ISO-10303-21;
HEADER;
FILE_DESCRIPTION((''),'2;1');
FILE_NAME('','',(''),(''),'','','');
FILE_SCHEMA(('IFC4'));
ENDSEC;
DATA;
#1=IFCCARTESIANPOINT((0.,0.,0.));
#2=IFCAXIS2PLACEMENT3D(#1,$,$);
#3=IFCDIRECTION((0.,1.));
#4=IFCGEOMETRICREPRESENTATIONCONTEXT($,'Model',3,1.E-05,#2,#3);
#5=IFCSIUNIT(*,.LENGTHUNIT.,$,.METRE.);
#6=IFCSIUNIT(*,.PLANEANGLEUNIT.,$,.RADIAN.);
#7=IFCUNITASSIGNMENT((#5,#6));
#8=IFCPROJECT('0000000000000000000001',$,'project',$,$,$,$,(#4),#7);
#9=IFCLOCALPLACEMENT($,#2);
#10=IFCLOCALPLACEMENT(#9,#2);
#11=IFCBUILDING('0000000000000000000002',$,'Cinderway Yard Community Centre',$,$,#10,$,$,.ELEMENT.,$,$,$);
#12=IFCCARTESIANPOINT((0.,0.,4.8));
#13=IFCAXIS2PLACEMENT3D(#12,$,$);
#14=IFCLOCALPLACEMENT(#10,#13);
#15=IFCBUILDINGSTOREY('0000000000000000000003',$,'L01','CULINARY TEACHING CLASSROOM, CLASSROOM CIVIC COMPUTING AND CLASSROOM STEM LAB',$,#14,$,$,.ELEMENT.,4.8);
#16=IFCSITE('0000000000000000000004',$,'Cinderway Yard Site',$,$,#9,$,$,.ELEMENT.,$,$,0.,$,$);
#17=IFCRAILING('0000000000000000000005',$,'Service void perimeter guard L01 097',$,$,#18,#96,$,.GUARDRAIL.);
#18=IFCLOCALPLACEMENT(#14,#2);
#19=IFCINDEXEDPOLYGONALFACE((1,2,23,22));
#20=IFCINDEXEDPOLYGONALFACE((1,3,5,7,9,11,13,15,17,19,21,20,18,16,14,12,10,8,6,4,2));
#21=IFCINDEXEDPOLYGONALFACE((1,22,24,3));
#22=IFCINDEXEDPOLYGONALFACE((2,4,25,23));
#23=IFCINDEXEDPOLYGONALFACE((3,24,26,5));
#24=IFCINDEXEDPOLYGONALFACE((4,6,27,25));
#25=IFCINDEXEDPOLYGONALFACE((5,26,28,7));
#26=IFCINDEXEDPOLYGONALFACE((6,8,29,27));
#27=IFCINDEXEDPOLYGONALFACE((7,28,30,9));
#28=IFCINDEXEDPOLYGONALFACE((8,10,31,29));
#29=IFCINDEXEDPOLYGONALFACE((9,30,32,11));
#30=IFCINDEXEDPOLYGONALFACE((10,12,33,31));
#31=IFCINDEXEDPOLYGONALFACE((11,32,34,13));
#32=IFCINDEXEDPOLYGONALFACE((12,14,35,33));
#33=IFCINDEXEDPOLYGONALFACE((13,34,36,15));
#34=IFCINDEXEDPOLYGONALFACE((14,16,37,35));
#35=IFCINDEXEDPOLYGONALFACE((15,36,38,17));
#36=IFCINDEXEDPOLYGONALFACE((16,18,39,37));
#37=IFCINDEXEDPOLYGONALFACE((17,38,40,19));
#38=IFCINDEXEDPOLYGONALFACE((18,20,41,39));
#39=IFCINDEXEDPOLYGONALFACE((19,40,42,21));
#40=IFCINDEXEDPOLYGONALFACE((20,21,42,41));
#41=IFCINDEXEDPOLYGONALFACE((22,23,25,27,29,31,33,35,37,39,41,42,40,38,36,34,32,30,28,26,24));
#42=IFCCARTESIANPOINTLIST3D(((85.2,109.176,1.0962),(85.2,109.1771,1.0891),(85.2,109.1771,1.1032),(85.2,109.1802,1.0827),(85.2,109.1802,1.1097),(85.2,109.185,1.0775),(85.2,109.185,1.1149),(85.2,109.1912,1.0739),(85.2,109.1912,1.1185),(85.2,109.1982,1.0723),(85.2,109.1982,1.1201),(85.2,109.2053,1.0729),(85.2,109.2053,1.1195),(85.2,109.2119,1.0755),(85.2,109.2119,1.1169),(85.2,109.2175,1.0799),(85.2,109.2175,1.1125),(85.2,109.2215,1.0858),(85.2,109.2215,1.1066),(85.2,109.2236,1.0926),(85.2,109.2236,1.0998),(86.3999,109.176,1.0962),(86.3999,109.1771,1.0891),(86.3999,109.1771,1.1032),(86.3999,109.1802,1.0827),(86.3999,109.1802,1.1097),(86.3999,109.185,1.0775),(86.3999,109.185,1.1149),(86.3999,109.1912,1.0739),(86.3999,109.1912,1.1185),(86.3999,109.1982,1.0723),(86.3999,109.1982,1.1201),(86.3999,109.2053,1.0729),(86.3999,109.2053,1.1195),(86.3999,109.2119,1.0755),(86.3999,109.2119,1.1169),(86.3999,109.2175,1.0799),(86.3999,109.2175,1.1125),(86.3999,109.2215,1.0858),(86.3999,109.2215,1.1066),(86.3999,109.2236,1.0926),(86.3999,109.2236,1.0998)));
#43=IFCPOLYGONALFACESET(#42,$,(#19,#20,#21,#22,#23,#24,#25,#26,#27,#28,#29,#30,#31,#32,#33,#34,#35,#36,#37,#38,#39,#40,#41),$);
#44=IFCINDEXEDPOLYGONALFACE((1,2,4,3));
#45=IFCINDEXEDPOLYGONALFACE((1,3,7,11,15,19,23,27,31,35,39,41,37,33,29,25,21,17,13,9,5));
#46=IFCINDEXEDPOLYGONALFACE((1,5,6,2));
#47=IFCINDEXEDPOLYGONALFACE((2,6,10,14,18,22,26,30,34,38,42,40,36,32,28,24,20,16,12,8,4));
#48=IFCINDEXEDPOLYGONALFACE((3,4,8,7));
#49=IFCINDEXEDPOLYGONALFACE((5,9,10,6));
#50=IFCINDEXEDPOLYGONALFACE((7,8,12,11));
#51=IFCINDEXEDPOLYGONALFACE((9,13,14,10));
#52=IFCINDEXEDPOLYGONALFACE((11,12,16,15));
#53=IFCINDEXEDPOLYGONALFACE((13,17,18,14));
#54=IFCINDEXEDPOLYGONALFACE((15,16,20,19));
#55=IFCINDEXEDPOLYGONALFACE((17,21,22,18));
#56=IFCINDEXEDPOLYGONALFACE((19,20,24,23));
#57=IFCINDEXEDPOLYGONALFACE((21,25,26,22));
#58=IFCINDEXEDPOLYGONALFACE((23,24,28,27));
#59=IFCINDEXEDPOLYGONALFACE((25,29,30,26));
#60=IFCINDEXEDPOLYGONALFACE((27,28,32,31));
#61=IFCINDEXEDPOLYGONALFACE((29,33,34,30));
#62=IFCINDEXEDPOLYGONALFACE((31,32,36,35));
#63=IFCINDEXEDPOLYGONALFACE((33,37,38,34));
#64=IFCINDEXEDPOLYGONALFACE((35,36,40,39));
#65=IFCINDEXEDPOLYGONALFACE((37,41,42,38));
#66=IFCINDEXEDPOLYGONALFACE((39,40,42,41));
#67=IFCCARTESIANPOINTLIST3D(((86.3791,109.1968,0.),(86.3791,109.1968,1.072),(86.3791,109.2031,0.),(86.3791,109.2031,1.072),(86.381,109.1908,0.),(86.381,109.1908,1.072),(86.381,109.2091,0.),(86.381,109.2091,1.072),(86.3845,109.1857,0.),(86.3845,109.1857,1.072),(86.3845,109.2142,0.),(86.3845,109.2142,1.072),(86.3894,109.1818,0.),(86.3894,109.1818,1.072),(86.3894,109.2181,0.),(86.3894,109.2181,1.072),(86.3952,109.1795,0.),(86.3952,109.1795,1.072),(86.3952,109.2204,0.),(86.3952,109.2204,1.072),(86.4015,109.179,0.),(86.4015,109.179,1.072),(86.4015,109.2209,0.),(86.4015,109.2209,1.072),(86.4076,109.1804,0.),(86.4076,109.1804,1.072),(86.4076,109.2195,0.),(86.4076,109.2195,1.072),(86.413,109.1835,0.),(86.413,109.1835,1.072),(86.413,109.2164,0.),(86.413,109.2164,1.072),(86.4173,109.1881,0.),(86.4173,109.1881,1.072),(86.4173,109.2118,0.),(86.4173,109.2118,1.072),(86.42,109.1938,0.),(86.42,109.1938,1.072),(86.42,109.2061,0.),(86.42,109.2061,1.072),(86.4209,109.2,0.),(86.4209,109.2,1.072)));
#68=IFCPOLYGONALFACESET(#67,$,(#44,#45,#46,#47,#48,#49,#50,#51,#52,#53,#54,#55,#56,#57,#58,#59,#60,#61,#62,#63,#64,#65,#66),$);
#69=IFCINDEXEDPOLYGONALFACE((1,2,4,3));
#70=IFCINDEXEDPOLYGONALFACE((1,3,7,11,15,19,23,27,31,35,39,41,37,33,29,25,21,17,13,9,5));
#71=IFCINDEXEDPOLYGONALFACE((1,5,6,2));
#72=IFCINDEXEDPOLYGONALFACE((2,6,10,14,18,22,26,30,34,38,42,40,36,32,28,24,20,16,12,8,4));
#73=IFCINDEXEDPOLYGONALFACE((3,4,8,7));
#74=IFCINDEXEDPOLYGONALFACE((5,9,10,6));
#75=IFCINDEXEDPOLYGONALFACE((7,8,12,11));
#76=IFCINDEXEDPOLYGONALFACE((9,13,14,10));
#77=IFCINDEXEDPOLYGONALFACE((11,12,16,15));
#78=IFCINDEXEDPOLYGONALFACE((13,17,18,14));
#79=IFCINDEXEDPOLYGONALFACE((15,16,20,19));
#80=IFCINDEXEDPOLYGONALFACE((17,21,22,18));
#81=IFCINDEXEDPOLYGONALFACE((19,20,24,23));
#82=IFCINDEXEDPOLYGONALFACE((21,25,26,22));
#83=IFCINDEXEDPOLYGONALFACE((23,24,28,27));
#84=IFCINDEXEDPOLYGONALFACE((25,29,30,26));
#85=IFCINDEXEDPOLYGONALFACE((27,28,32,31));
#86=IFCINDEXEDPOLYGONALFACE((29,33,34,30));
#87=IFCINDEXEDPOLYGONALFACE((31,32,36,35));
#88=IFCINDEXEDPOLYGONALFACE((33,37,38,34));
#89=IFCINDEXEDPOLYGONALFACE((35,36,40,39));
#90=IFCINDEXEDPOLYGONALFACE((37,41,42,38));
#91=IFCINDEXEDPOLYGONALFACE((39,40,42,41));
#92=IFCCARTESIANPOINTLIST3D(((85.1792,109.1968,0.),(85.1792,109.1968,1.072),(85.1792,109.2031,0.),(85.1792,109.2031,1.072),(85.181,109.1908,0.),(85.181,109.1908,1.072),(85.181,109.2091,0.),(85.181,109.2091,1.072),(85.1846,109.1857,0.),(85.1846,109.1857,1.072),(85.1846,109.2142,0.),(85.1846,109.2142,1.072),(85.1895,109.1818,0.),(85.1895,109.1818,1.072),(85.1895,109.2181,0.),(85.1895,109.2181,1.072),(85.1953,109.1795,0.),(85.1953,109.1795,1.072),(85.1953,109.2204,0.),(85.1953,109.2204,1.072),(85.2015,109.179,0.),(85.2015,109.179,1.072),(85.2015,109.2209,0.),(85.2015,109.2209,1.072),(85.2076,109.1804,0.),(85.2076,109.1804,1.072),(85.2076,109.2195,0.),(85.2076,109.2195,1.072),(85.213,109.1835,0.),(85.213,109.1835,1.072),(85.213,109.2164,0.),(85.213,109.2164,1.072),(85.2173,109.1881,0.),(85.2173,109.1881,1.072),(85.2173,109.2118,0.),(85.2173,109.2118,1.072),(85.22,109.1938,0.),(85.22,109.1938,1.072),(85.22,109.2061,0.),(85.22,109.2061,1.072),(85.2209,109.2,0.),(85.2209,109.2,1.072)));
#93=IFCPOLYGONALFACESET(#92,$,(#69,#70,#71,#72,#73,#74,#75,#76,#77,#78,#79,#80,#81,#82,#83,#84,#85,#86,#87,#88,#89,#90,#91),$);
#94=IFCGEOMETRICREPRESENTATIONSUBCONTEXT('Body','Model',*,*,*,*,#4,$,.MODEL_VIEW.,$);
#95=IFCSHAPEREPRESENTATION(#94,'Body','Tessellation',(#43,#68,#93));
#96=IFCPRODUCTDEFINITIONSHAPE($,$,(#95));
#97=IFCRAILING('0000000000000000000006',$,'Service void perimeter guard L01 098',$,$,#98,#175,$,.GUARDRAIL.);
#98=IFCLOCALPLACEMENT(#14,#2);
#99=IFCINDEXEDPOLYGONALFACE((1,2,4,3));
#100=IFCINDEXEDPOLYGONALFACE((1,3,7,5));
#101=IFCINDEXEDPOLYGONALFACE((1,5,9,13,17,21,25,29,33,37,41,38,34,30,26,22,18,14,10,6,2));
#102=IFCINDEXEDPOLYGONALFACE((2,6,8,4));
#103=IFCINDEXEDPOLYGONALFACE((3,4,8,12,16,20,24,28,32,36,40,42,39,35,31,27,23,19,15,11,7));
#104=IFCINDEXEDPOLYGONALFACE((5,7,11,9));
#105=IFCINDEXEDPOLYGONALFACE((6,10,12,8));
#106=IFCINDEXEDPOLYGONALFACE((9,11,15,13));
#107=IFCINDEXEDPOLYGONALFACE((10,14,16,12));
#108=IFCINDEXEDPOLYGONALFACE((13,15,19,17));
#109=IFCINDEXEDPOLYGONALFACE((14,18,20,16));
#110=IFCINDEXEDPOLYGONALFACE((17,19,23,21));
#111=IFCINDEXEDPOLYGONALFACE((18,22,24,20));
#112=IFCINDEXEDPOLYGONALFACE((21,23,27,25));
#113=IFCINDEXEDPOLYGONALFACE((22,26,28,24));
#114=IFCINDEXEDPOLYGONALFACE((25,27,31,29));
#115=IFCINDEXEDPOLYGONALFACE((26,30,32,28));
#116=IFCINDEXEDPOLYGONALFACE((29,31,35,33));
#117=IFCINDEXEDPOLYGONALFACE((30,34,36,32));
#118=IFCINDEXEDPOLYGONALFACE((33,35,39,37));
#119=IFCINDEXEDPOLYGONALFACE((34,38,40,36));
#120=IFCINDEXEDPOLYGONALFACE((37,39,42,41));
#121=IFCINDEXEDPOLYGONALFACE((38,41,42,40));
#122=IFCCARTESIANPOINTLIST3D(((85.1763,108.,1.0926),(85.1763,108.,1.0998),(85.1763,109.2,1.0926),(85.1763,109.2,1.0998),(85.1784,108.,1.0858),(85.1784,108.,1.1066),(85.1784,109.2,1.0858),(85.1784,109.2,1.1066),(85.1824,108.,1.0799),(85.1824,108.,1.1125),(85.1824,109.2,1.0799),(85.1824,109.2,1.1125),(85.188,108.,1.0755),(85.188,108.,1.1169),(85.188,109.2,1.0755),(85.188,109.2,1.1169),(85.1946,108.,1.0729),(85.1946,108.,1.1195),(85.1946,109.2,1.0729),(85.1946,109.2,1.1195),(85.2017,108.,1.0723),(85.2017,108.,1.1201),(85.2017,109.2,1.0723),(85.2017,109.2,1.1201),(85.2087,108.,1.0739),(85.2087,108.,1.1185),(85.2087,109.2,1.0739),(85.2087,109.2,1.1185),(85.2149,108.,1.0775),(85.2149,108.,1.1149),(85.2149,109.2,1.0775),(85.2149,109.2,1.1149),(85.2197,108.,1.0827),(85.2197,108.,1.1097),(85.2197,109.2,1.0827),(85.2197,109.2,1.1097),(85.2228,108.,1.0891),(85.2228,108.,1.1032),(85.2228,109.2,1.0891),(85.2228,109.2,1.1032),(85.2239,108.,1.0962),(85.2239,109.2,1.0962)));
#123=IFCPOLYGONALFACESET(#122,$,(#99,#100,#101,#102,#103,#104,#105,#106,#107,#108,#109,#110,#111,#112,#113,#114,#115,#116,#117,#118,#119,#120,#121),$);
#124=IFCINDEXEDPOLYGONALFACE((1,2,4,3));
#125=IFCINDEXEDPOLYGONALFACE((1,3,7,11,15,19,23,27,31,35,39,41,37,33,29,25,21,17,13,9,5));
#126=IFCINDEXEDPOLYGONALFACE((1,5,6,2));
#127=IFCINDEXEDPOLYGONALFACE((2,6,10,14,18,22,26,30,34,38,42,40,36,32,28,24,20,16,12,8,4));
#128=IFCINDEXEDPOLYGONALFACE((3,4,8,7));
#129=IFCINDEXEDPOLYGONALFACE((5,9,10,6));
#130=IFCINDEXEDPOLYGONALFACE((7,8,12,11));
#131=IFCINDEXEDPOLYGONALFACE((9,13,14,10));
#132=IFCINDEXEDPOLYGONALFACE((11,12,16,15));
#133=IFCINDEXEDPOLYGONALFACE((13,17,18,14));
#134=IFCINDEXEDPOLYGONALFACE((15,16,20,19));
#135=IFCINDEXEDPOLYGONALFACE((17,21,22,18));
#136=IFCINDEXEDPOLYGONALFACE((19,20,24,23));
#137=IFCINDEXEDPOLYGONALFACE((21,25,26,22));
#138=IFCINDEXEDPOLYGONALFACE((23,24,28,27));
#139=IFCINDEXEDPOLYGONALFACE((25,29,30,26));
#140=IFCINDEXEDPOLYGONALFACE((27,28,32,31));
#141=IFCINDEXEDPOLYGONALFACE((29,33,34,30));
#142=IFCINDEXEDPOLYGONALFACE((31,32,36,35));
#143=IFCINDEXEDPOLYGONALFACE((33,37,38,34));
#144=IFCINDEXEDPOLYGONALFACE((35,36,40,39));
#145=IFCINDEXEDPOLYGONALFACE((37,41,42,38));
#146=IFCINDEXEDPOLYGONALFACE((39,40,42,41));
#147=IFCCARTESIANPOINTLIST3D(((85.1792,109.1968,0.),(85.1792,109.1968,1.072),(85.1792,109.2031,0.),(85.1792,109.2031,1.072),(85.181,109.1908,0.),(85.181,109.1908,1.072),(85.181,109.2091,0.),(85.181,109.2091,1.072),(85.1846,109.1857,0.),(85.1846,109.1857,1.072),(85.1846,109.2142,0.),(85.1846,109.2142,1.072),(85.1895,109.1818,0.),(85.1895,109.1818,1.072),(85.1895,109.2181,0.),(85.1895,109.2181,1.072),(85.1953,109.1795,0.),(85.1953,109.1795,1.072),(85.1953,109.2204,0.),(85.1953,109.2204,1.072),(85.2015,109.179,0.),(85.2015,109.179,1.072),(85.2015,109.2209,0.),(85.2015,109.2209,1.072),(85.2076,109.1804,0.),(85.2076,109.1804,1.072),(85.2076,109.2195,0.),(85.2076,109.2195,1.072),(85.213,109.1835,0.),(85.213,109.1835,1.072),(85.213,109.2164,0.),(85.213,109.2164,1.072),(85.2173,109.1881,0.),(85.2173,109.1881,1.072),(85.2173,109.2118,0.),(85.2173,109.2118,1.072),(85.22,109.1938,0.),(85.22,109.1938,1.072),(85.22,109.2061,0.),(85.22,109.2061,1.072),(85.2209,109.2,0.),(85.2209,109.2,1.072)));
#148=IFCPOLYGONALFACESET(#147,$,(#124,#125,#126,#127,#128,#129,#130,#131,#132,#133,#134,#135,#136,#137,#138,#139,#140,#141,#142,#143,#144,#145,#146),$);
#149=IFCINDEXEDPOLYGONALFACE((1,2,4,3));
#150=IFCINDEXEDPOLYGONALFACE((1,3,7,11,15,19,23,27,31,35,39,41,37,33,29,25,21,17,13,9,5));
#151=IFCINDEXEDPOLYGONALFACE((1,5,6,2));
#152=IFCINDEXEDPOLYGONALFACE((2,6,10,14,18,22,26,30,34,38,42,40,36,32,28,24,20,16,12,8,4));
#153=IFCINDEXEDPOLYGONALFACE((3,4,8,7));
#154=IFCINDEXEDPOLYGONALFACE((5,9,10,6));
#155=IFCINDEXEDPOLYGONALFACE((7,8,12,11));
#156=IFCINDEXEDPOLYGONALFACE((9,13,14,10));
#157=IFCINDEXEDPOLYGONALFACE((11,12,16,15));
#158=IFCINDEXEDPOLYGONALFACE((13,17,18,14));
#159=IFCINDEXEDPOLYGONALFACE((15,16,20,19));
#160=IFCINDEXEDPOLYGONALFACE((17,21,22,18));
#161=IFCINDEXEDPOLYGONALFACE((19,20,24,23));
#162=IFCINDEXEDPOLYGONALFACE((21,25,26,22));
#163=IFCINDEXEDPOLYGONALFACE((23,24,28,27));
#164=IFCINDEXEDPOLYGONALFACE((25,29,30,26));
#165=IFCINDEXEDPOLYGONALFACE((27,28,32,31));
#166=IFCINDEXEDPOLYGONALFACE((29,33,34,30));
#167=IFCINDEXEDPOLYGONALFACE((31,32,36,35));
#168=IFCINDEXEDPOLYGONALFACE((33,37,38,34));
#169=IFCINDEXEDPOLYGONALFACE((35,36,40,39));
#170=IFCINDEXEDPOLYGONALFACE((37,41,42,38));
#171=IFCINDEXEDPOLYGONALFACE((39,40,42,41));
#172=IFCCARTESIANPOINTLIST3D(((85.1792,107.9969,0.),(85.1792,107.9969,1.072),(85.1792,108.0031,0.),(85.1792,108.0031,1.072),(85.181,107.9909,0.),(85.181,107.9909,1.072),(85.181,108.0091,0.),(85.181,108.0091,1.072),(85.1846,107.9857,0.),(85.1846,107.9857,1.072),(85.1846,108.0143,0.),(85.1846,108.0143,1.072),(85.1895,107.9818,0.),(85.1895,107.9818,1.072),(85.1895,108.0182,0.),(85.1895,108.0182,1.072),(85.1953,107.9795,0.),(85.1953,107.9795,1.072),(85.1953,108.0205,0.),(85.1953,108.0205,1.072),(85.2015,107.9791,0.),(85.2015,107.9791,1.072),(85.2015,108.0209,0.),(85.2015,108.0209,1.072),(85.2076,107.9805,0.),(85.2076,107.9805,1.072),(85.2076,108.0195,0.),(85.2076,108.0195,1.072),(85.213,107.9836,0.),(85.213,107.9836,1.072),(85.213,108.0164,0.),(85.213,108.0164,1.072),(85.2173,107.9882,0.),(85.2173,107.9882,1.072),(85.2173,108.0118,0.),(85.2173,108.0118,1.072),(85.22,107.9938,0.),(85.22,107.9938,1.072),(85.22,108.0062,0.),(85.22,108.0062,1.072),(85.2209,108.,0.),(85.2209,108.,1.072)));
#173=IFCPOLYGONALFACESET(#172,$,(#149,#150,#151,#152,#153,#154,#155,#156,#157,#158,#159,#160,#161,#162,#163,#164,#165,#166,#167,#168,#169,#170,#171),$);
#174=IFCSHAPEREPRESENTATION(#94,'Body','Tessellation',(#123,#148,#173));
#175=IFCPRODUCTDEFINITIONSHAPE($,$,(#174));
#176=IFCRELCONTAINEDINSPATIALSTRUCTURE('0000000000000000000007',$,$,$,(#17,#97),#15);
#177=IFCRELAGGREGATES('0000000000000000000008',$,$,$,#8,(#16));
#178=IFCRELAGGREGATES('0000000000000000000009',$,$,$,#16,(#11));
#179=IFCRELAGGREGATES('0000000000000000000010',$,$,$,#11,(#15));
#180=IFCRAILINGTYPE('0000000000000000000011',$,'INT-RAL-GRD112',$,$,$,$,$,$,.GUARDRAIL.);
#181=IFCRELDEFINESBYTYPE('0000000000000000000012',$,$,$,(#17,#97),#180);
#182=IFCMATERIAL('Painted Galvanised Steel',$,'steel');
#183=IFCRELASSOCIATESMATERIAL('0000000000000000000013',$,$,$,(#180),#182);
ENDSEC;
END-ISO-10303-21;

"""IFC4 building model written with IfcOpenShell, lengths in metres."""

from ifc_helpers import new_model, si_unit, direction, frame, origin, origin_2d, place, context, subcontext, project, spatial, circle, extrude, material, type_object, element, save


model = new_model("IFC4")

# Units and contexts
model_context = context("Model", 3, precision=1e-05, world=origin(), true_north=direction((0.0, 1.0)))
body_context = subcontext(model_context, "Body", "Model", "MODEL_VIEW")
ifc_project = project(units=[si_unit("LENGTHUNIT", "METRE"), si_unit("PLANEANGLEUNIT", "RADIAN")], contexts=[model_context])

# Site, building, storey
site_placement = place(None, origin())
site = spatial("IfcSite", under=ifc_project, at=site_placement, Name="Cinderway Yard Site", CompositionType="ELEMENT", RefElevation=0.0)
building_placement = place(site_placement, origin())
building = spatial("IfcBuilding", under=site, at=building_placement, Name="Cinderway Yard Community Centre", CompositionType="ELEMENT")
storey_placement = place(building_placement, frame((0.0, 0.0, 4.8)))
storey = spatial("IfcBuildingStorey", under=building, at=storey_placement, Name="L01", Description="CULINARY TEACHING CLASSROOM, CLASSROOM CIVIC COMPUTING AND CLASSROOM STEM LAB", CompositionType="ELEMENT", Elevation=4.8)

# Shared definitions
ifc_material_1 = material(Name="Painted Galvanised Steel", Category="steel")

# Railings
railing_type_1 = type_object("IfcRailingType", Name="INT-RAL-GRD112", PredefinedType="GUARDRAIL", material=ifc_material_1)
railing_1_placement = place(storey_placement, frame((86.3999, 109.2, 0.0)))
element("IfcRailing", 1, at=railing_1_placement, inside=storey, type_object=railing_type_1, Name="Service void perimeter guard L01 097", PredefinedType="GUARDRAIL", context=body_context, shape_type="SweptSolid", body=[
    extrude(circle(Radius=0.0239, at=origin_2d()), frame((0.0, 0.0, 1.0962), z_axis=(-1.0, 0.0, 0.0), x_axis=(0.0, -1.0, 0.0)), (0.0, 0.0, 1.0), 1.2),
    extrude(circle(Radius=0.021, at=origin_2d()), origin(), (0.0, 0.0, 1.0), 1.072),
    extrude(circle(Radius=0.021, at=origin_2d()), frame((-1.2, 0.0, 0.0)), (0.0, 0.0, 1.0), 1.072),
])
railing_2_placement = place(storey_placement, frame((85.2, 109.2, 0.0)))
element("IfcRailing", 2, at=railing_2_placement, inside=storey, type_object=railing_type_1, Name="Service void perimeter guard L01 098", PredefinedType="GUARDRAIL", context=body_context, shape_type="SweptSolid", body=[
    extrude(circle(Radius=0.0239, at=origin_2d()), frame((0.0, 0.0, 1.0962), z_axis=(0.0, -1.0, 0.0), x_axis=(1.0, 0.0, 0.0)), (0.0, 0.0, 1.0), 1.2),
    extrude(circle(Radius=0.021, at=origin_2d()), origin(), (0.0, 0.0, 1.0), 1.072),
    extrude(circle(Radius=0.021, at=origin_2d()), frame((0.0, -1.2, 0.0)), (0.0, 0.0, 1.0), 1.072),
])

save(model, "model.ifc")
